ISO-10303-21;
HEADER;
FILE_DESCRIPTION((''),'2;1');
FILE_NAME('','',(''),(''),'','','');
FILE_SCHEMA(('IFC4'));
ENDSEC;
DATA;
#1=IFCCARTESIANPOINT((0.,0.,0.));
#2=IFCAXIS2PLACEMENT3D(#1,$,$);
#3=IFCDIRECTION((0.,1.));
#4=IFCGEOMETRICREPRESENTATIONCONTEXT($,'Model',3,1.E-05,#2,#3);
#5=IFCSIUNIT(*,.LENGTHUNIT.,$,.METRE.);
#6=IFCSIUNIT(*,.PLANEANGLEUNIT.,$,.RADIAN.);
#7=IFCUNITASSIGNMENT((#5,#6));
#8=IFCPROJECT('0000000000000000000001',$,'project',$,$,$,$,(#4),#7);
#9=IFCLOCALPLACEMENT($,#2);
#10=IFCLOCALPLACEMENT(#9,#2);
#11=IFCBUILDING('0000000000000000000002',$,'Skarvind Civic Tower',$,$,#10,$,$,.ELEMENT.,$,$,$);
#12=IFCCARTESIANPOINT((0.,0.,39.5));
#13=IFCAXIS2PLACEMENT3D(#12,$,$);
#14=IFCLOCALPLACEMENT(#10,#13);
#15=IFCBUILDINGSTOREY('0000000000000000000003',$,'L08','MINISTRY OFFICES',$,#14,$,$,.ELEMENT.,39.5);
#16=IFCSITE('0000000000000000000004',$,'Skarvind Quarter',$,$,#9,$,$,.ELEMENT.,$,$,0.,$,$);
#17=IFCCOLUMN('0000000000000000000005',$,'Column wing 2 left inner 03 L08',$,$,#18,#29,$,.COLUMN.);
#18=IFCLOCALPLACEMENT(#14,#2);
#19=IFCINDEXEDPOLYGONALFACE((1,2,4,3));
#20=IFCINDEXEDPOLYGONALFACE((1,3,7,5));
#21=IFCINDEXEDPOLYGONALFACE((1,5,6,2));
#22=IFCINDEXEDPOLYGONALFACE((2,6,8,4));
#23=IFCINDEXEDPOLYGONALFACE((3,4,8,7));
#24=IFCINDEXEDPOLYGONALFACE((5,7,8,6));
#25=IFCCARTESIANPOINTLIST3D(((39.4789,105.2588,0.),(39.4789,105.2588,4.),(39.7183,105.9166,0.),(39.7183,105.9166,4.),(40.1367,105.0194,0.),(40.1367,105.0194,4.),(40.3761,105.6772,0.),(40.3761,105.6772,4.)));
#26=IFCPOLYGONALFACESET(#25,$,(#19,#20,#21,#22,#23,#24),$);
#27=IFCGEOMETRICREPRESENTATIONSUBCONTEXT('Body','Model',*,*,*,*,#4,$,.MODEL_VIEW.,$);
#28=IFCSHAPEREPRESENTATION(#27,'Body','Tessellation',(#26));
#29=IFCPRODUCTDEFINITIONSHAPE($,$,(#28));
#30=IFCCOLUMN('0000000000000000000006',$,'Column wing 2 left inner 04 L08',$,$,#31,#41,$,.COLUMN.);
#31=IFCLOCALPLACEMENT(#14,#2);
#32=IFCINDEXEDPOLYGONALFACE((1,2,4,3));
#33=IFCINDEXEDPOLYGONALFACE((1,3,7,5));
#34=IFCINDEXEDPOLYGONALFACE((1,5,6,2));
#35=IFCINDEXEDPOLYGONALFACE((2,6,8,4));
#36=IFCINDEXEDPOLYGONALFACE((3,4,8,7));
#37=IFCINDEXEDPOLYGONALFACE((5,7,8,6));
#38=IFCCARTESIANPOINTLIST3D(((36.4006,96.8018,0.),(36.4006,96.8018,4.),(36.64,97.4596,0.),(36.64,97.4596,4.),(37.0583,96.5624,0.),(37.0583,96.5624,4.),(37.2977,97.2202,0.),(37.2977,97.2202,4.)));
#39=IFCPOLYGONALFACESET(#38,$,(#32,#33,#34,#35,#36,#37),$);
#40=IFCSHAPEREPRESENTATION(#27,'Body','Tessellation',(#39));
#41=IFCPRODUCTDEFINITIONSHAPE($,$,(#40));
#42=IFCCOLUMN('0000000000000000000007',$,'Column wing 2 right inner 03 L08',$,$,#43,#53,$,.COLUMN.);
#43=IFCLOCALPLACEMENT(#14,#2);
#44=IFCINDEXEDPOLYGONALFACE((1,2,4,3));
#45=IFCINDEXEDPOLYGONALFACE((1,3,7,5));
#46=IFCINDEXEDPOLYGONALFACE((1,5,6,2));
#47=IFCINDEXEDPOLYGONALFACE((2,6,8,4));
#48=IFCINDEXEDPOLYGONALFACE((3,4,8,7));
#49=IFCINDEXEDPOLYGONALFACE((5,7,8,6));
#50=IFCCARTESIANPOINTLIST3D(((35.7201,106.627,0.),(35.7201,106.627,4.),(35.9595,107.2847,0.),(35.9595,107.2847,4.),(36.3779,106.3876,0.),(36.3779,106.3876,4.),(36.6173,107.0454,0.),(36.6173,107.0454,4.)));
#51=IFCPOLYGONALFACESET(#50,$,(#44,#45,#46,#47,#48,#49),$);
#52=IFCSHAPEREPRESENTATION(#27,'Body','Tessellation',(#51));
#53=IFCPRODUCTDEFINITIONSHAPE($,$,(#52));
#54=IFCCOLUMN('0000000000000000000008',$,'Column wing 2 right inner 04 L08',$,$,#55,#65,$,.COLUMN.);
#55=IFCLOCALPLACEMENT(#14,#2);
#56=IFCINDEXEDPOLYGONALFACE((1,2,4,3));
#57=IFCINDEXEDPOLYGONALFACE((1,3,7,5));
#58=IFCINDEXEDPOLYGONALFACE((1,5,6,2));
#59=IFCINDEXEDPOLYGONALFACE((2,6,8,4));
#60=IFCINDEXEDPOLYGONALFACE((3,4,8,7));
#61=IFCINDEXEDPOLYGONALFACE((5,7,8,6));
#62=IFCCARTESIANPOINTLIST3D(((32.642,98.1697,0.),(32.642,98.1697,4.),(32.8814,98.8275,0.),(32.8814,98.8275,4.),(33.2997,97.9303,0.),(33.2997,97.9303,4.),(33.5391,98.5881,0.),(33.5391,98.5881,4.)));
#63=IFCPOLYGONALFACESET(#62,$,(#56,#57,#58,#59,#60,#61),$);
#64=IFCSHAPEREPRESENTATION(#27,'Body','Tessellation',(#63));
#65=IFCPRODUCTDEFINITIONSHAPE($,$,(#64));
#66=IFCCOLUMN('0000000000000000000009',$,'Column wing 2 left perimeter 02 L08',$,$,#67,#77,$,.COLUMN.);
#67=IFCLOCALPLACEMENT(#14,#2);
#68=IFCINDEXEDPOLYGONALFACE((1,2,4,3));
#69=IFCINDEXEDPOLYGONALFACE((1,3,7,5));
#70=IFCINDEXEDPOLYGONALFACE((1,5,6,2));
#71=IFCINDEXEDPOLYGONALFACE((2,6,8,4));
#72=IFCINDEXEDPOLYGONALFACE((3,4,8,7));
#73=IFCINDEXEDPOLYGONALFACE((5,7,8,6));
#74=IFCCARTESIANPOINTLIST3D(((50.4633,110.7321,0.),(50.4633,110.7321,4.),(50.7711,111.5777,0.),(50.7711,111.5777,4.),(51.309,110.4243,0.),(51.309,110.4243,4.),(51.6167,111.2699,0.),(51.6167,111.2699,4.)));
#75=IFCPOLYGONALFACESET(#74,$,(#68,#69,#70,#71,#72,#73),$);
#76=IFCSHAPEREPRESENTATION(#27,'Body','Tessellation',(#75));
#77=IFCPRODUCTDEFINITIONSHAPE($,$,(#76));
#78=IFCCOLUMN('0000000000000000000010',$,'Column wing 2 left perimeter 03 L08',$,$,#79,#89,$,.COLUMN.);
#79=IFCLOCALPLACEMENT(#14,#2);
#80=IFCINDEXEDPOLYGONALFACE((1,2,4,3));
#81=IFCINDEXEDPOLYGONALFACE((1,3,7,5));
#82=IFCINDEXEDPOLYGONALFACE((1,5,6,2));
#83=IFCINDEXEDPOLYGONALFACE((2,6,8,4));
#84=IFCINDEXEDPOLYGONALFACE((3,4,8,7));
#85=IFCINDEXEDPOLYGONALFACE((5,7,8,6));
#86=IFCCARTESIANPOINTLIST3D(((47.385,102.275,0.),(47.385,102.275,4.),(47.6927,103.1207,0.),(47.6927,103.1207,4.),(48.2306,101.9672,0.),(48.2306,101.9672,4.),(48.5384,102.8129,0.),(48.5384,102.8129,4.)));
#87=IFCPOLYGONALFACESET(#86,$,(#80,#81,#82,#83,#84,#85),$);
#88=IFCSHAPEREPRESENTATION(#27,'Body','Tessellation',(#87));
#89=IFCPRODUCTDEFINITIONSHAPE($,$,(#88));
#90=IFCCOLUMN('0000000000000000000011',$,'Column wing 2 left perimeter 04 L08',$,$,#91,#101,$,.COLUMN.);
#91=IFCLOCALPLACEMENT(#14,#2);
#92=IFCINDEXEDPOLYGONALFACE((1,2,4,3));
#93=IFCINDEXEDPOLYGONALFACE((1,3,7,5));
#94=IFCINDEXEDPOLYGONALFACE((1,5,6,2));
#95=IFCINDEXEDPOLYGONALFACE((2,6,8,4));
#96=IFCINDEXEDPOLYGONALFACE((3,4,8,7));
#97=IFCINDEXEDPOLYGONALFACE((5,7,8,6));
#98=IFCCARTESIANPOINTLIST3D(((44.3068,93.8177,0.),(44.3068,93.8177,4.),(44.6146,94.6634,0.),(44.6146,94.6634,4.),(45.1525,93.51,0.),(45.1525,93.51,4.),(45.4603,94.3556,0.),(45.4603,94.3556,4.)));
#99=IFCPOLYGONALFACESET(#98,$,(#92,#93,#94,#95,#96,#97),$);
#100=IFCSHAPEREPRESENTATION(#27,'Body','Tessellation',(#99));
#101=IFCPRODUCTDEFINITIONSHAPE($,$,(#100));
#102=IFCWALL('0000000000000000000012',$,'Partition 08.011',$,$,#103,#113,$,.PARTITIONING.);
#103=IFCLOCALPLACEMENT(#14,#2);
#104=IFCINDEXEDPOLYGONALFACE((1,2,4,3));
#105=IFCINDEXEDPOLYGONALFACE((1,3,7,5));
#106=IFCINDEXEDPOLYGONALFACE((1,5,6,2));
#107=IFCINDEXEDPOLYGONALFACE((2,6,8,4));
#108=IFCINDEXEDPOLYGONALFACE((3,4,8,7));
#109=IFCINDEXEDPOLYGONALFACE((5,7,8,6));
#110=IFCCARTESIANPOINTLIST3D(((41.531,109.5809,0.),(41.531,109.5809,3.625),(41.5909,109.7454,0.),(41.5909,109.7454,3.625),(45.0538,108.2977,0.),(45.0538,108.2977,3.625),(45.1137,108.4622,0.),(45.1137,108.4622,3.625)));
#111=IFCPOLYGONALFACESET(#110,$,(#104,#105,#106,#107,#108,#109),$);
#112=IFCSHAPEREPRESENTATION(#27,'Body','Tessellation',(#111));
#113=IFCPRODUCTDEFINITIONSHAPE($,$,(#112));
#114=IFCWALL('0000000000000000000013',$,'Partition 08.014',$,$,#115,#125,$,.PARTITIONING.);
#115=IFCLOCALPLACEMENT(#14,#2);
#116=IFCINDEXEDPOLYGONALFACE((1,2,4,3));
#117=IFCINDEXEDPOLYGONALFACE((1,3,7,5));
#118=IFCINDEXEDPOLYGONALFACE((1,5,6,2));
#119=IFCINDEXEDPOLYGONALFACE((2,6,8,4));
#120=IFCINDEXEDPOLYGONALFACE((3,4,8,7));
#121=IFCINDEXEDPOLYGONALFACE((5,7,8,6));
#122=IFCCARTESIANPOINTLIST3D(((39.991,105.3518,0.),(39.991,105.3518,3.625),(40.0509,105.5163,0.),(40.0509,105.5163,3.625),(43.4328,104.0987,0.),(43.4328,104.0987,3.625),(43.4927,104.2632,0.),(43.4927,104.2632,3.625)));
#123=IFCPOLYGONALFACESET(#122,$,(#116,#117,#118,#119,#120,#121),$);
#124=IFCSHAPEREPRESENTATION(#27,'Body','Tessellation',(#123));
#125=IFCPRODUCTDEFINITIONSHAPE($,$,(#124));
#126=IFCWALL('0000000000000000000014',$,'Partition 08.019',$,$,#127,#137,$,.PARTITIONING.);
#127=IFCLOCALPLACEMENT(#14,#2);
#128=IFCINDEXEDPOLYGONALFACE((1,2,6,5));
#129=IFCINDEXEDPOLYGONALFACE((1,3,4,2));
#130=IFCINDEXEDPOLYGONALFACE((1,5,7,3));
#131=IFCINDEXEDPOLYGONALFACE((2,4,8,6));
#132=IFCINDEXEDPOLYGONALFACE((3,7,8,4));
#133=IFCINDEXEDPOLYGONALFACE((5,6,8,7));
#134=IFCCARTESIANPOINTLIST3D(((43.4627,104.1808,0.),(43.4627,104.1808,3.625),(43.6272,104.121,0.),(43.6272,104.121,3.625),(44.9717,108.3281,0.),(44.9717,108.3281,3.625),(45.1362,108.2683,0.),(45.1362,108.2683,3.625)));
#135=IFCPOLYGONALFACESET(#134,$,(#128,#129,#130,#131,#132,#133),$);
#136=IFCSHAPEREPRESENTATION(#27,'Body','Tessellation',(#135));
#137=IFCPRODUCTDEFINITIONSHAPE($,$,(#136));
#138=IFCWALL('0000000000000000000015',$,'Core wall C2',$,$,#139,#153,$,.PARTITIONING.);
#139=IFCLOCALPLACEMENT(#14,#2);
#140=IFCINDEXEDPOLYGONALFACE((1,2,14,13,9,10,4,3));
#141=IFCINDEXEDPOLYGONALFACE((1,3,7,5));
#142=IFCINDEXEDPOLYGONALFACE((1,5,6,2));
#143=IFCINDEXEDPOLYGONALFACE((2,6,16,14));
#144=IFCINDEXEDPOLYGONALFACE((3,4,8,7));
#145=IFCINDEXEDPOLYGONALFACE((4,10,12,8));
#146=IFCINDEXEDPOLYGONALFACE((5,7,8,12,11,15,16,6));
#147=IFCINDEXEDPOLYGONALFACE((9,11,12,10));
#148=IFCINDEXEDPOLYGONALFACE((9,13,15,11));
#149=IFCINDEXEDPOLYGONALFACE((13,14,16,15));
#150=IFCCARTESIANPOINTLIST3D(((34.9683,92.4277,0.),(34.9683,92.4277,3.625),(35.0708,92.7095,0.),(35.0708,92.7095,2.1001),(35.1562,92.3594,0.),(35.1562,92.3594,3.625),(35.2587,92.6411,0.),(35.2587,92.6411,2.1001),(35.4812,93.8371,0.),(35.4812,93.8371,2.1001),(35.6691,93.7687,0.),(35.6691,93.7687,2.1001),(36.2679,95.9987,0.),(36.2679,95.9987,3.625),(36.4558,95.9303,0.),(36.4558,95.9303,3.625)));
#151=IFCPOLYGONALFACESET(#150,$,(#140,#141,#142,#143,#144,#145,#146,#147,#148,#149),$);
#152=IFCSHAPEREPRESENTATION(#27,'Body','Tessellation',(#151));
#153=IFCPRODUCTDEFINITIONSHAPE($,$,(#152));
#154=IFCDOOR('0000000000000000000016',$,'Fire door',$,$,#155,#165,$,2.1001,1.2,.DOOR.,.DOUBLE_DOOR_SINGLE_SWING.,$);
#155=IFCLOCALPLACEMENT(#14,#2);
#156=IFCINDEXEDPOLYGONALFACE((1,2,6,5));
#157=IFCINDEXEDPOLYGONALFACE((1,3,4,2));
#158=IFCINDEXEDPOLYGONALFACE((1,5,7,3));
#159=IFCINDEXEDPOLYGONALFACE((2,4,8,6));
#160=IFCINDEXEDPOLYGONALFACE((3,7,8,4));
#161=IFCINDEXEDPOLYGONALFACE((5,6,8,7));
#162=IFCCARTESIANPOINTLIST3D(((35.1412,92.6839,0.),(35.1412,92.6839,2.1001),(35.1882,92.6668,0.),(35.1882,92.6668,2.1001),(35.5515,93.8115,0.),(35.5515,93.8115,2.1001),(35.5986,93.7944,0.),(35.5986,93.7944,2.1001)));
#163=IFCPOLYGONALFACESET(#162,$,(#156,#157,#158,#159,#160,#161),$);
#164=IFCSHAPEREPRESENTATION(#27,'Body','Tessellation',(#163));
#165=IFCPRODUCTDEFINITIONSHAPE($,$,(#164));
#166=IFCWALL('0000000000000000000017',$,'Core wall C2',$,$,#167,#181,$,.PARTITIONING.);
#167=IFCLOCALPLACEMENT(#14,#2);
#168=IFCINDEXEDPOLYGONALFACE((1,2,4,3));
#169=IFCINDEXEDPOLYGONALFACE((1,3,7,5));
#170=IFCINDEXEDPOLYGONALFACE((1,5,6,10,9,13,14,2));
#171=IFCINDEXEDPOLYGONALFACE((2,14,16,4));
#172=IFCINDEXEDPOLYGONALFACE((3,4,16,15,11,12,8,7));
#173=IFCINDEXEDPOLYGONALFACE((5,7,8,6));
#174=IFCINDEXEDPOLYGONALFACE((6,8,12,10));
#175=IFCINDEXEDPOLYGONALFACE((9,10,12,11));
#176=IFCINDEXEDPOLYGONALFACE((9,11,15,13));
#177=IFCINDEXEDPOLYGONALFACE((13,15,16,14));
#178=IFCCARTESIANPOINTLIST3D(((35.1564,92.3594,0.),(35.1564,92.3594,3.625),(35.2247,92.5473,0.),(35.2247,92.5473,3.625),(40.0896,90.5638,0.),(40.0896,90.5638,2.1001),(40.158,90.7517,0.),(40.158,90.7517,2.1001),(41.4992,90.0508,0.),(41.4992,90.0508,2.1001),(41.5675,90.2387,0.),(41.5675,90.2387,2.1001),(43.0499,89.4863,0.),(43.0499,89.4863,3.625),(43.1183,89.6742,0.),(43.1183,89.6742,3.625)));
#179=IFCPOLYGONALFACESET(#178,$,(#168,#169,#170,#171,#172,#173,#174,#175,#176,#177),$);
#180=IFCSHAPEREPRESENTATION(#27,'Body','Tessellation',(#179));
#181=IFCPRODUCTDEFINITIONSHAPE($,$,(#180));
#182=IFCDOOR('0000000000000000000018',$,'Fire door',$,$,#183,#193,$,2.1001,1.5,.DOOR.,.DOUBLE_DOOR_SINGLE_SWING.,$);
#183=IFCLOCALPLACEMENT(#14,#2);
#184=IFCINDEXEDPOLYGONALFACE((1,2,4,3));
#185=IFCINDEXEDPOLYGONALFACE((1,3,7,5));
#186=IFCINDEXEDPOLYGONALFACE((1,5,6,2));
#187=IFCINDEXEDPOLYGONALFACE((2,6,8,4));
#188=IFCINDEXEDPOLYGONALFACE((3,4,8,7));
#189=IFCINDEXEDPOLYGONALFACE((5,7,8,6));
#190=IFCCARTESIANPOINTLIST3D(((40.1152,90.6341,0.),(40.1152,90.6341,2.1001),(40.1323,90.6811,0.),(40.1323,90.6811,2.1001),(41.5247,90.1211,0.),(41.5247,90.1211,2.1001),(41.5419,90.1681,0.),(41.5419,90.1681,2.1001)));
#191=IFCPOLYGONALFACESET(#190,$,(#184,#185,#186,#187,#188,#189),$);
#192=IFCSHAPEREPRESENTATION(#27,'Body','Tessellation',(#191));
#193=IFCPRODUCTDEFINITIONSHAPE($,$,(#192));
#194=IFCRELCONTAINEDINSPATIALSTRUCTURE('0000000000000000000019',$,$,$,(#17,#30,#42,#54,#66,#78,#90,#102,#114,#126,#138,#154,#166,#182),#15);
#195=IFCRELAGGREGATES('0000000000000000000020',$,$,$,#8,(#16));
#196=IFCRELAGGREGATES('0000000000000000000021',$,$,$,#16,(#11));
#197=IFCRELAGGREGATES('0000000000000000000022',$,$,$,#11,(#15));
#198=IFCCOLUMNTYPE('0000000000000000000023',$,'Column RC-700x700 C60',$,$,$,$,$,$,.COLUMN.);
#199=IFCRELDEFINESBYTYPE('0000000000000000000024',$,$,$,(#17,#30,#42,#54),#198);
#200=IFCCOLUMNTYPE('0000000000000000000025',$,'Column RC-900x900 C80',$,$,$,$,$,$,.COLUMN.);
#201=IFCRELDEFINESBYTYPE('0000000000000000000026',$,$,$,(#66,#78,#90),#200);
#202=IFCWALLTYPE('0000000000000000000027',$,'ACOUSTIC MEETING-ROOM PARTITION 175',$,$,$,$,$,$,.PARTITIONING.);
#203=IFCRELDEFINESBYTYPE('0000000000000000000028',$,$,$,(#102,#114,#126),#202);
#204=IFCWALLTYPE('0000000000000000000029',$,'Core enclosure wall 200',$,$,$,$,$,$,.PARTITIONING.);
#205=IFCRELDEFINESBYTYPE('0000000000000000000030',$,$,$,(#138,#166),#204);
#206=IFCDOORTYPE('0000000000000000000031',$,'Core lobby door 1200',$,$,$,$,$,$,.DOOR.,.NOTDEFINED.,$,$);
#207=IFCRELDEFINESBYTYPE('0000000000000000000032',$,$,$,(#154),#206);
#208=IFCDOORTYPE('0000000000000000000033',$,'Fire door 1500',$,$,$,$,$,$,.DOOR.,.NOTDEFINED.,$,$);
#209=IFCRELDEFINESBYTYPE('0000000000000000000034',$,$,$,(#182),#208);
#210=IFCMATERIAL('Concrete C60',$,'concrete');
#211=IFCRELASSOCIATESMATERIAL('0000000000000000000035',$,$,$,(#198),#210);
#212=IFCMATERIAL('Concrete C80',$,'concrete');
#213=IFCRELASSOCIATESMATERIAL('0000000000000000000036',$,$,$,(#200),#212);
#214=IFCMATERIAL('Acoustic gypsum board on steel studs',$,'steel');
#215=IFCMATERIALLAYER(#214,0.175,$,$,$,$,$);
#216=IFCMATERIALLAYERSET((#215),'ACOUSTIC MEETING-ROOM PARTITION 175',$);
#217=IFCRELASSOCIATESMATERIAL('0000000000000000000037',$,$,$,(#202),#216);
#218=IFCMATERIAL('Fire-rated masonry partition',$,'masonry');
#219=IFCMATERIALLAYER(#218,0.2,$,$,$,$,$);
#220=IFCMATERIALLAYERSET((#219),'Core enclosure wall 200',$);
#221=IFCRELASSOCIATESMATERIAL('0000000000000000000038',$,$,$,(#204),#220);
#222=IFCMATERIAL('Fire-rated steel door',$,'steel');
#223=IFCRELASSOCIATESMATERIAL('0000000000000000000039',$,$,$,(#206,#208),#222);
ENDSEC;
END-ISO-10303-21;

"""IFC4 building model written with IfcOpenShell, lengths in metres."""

from ifc_helpers import new_model, si_unit, direction, frame, frame_2d, origin, origin_2d, place, context, subcontext, project, spatial, rectangle, extrude, material, layer, layer_set, material_profile, profile_set, type_object, element, fill, save


model = new_model("IFC4")

# Units and contexts
model_context = context("Model", 3, precision=1e-05, world=origin(), true_north=direction((0.0, 1.0)))
body_context = subcontext(model_context, "Body", "Model", "MODEL_VIEW")
ifc_project = project(units=[si_unit("LENGTHUNIT", "METRE"), si_unit("PLANEANGLEUNIT", "RADIAN")], contexts=[model_context])

# Site, building, storey
site_placement = place(None, origin())
site = spatial("IfcSite", under=ifc_project, at=site_placement, Name="Skarvind Quarter", CompositionType="ELEMENT", RefElevation=0.0)
building_placement = place(site_placement, origin())
building = spatial("IfcBuilding", under=site, at=building_placement, Name="Skarvind Civic Tower", CompositionType="ELEMENT")
storey_placement = place(building_placement, frame((0.0, 0.0, 39.5)))
storey = spatial("IfcBuildingStorey", under=building, at=storey_placement, Name="L08", Description="MINISTRY OFFICES", CompositionType="ELEMENT", Elevation=39.5)

# Columns
ifc_material_1 = material(Name="Concrete C60", Category="concrete")
ifc_material_profile_1 = material_profile(ifc_material_1, rectangle(XDim=0.7, YDim=0.7, at=origin_2d()), Name="RC-700x700")
ifc_profile_set_1 = profile_set([ifc_material_profile_1], Name="Concrete C60")
column_type_1 = type_object("IfcColumnType", Name="Column RC-700x700 C60", PredefinedType="COLUMN", material=ifc_profile_set_1)
for number, where, z_axis, x_axis, name in (
    (1, (39.9275, 105.468, 0.0), (0.0, 0.0, 1.0), (-0.34202, -0.939693, 0.0), "Column wing 2 left inner 03 L08"),
    (2, (36.8491, 97.011, 0.0), (0.0, 0.0, 1.0), (-0.34202, -0.939693, 0.0), "Column wing 2 left inner 04 L08"),
    (3, (36.1687, 106.8362, 0.0), (0.0, 0.0, 1.0), (-0.34202, -0.939693, 0.0), "Column wing 2 right inner 03 L08"),
    (4, (33.0906, 98.3789, 0.0), (0.0, 0.0, 1.0), (-0.34202, -0.939693, 0.0), "Column wing 2 right inner 04 L08"),
):
    element("IfcColumn", number, at=place(storey_placement, frame(where, z_axis=z_axis, x_axis=x_axis)), inside=storey, type_object=column_type_1, Name=name, PredefinedType="COLUMN", context=body_context, shape_type="SweptSolid", body=[
        extrude(rectangle(XDim=0.7, YDim=0.7, at=origin_2d()), origin(), (0.0, 0.0, 1.0), 4.0),
    ])
ifc_material_2 = material(Name="Concrete C80", Category="concrete")
ifc_material_profile_2 = material_profile(ifc_material_2, rectangle(XDim=0.8999, YDim=0.8999, at=origin_2d()), Name="RC-900x900")
ifc_profile_set_2 = profile_set([ifc_material_profile_2], Name="Concrete C80")
column_type_2 = type_object("IfcColumnType", Name="Column RC-900x900 C80", PredefinedType="COLUMN", material=ifc_profile_set_2)
for number, where, z_axis, x_axis, name in (
    (5, (51.04, 111.001, 0.0), (0.0, 0.0, 1.0), (-0.34202, -0.939693, 0.0), "Column wing 2 left perimeter 02 L08"),
    (6, (47.9617, 102.5439, 0.0), (0.0, 0.0, 1.0), (-0.34202, -0.939693, 0.0), "Column wing 2 left perimeter 03 L08"),
    (7, (44.8835, 94.0867, 0.0), (0.0, 0.0, 1.0), (-0.34202, -0.939693, 0.0), "Column wing 2 left perimeter 04 L08"),
):
    element("IfcColumn", number, at=place(storey_placement, frame(where, z_axis=z_axis, x_axis=x_axis)), inside=storey, type_object=column_type_2, Name=name, PredefinedType="COLUMN", context=body_context, shape_type="SweptSolid", body=[
        extrude(rectangle(XDim=0.8999, YDim=0.8999, at=origin_2d()), origin(), (0.0, 0.0, 1.0), 4.0),
    ])

# Walls
ifc_material_3 = material(Name="Acoustic gypsum board on steel studs", Category="steel")
ifc_layer_1 = layer(ifc_material_3, 0.175)
ifc_layer_set_1 = layer_set([ifc_layer_1], Name="ACOUSTIC MEETING-ROOM PARTITION 175")
wall_type_1 = type_object("IfcWallType", Name="ACOUSTIC MEETING-ROOM PARTITION 175", PredefinedType="PARTITIONING", material=ifc_layer_set_1)
wall_1_placement = place(storey_placement, frame((41.561, 109.6631, 0.0), z_axis=(0.0, 0.0, 1.0), x_axis=(0.939611, -0.342245, 0.0)))
element("IfcWall", 8, at=wall_1_placement, inside=storey, type_object=wall_type_1, Name="Partition 08.011", PredefinedType="PARTITIONING", context=body_context, shape_type="SweptSolid", body=[
    extrude(rectangle(XDim=3.7493, YDim=0.175, at=frame_2d((1.8745, 0.0))), origin(), (0.0, 0.0, 1.0), 3.625),
])
wall_2_placement = place(storey_placement, frame((43.4629, 104.1809, 0.0), z_axis=(0.0, 0.0, 1.0), x_axis=(-0.939655, 0.342123, 0.0)))
element("IfcWall", 9, at=wall_2_placement, inside=storey, type_object=wall_type_1, Name="Partition 08.014", PredefinedType="PARTITIONING", context=body_context, shape_type="SweptSolid", body=[
    extrude(rectangle(XDim=3.6628, YDim=0.175, at=frame_2d((1.8315, 0.0))), origin(), (0.0, 0.0, 1.0), 3.625),
])
wall_3_placement = place(storey_placement, frame((45.054, 108.2981, 0.0), z_axis=(0.0, 0.0, 1.0), x_axis=(-0.341934, -0.939724, 0.0)))
element("IfcWall", 10, at=wall_3_placement, inside=storey, type_object=wall_type_1, Name="Partition 08.019", PredefinedType="PARTITIONING", context=body_context, shape_type="SweptSolid", body=[
    extrude(rectangle(XDim=4.4133, YDim=0.175, at=frame_2d((2.2065, 0.0))), origin(), (0.0, 0.0, 1.0), 3.625),
])

# Walls, openings, doors
ifc_material_4 = material(Name="Fire-rated masonry partition", Category="masonry")
ifc_layer_2 = layer(ifc_material_4, 0.2)
ifc_layer_set_2 = layer_set([ifc_layer_2], Name="Core enclosure wall 200")
wall_type_2 = type_object("IfcWallType", Name="Core enclosure wall 200", PredefinedType="PARTITIONING", material=ifc_layer_set_2)
wall_4_placement = place(storey_placement, frame((36.3618, 95.9644, 0.0), z_axis=(0.0, 0.0, 1.0), x_axis=(-0.341996, -0.939701, 0.0)))
wall_4 = element("IfcWall", 11, at=wall_4_placement, inside=storey, type_object=wall_type_2, Name="Core wall C2", PredefinedType="PARTITIONING", context=body_context, shape_type="SweptSolid", body=[
    extrude(rectangle(XDim=3.8, YDim=0.2, at=frame_2d((1.8999, 0.0))), origin(), (0.0, 0.0, 1.0), 3.625),
])
opening_1_placement = place(wall_4_placement, frame((2.3, 0.0, 0.0)))
opening_1 = element("IfcOpeningElement", 12, at=opening_1_placement, cuts=wall_4, PredefinedType="OPENING", context=body_context, shape_type="SweptSolid", body=[
    extrude(rectangle(XDim=1.2, YDim=2.1001, at=frame_2d((0.6001, 1.05))), frame((0.0, 0.1099, 0.0), z_axis=(0.0, -1.0, 0.0), x_axis=(1.0, 0.0, 0.0)), (0.0, 0.0, 1.0), 0.22),
])
ifc_material_5 = material(Name="Fire-rated steel door", Category="steel")
door_type_1 = type_object("IfcDoorType", Name="Core lobby door 1200", OperationType="NOTDEFINED", PredefinedType="DOOR", material=ifc_material_5)
door_1_placement = place(opening_1_placement, origin())
door_1 = element("IfcDoor", 13, at=door_1_placement, inside=storey, type_object=door_type_1, Name="Fire door", OperationType="DOUBLE_DOOR_SINGLE_SWING", OverallHeight=2.1001, OverallWidth=1.2, PredefinedType="DOOR", context=body_context, shape_type="SweptSolid", body=[
    extrude(rectangle(XDim=1.2, YDim=2.1001, at=frame_2d((0.6001, 1.05))), frame((0.0, 0.0249, 0.0), z_axis=(0.0, -1.0, 0.0), x_axis=(1.0, 0.0, 0.0)), (0.0, 0.0, 1.0), 0.05),
])
fill(opening_1, door_1)
wall_5_placement = place(storey_placement, frame((35.1904, 92.4534, 0.0), z_axis=(0.0, 0.0, 1.0), x_axis=(0.939692, -0.342023, 0.0)))
wall_5 = element("IfcWall", 14, at=wall_5_placement, inside=storey, type_object=wall_type_2, Name="Core wall C2", PredefinedType="PARTITIONING", context=body_context, shape_type="SweptSolid", body=[
    extrude(rectangle(XDim=8.4001, YDim=0.2, at=frame_2d((4.2002, 0.0))), origin(), (0.0, 0.0, 1.0), 3.625),
])
opening_2_placement = place(wall_5_placement, frame((5.25, 0.0, 0.0)))
opening_2 = element("IfcOpeningElement", 15, at=opening_2_placement, cuts=wall_5, PredefinedType="OPENING", context=body_context, shape_type="SweptSolid", body=[
    extrude(rectangle(XDim=1.5, YDim=2.1001, at=frame_2d((0.75, 1.05))), frame((0.0, 0.1099, 0.0), z_axis=(0.0, -1.0, 0.0), x_axis=(1.0, 0.0, 0.0)), (0.0, 0.0, 1.0), 0.22),
])
door_type_2 = type_object("IfcDoorType", Name="Fire door 1500", OperationType="NOTDEFINED", PredefinedType="DOOR", material=ifc_material_5)
door_2_placement = place(opening_2_placement, origin())
door_2 = element("IfcDoor", 16, at=door_2_placement, inside=storey, type_object=door_type_2, Name="Fire door", OperationType="DOUBLE_DOOR_SINGLE_SWING", OverallHeight=2.1001, OverallWidth=1.5, PredefinedType="DOOR", context=body_context, shape_type="SweptSolid", body=[
    extrude(rectangle(XDim=1.5, YDim=2.1001, at=frame_2d((0.75, 1.05))), frame((0.0, 0.0249, 0.0), z_axis=(0.0, -1.0, 0.0), x_axis=(1.0, 0.0, 0.0)), (0.0, 0.0, 1.0), 0.05),
])
fill(opening_2, door_2)

save(model, "model.ifc")
